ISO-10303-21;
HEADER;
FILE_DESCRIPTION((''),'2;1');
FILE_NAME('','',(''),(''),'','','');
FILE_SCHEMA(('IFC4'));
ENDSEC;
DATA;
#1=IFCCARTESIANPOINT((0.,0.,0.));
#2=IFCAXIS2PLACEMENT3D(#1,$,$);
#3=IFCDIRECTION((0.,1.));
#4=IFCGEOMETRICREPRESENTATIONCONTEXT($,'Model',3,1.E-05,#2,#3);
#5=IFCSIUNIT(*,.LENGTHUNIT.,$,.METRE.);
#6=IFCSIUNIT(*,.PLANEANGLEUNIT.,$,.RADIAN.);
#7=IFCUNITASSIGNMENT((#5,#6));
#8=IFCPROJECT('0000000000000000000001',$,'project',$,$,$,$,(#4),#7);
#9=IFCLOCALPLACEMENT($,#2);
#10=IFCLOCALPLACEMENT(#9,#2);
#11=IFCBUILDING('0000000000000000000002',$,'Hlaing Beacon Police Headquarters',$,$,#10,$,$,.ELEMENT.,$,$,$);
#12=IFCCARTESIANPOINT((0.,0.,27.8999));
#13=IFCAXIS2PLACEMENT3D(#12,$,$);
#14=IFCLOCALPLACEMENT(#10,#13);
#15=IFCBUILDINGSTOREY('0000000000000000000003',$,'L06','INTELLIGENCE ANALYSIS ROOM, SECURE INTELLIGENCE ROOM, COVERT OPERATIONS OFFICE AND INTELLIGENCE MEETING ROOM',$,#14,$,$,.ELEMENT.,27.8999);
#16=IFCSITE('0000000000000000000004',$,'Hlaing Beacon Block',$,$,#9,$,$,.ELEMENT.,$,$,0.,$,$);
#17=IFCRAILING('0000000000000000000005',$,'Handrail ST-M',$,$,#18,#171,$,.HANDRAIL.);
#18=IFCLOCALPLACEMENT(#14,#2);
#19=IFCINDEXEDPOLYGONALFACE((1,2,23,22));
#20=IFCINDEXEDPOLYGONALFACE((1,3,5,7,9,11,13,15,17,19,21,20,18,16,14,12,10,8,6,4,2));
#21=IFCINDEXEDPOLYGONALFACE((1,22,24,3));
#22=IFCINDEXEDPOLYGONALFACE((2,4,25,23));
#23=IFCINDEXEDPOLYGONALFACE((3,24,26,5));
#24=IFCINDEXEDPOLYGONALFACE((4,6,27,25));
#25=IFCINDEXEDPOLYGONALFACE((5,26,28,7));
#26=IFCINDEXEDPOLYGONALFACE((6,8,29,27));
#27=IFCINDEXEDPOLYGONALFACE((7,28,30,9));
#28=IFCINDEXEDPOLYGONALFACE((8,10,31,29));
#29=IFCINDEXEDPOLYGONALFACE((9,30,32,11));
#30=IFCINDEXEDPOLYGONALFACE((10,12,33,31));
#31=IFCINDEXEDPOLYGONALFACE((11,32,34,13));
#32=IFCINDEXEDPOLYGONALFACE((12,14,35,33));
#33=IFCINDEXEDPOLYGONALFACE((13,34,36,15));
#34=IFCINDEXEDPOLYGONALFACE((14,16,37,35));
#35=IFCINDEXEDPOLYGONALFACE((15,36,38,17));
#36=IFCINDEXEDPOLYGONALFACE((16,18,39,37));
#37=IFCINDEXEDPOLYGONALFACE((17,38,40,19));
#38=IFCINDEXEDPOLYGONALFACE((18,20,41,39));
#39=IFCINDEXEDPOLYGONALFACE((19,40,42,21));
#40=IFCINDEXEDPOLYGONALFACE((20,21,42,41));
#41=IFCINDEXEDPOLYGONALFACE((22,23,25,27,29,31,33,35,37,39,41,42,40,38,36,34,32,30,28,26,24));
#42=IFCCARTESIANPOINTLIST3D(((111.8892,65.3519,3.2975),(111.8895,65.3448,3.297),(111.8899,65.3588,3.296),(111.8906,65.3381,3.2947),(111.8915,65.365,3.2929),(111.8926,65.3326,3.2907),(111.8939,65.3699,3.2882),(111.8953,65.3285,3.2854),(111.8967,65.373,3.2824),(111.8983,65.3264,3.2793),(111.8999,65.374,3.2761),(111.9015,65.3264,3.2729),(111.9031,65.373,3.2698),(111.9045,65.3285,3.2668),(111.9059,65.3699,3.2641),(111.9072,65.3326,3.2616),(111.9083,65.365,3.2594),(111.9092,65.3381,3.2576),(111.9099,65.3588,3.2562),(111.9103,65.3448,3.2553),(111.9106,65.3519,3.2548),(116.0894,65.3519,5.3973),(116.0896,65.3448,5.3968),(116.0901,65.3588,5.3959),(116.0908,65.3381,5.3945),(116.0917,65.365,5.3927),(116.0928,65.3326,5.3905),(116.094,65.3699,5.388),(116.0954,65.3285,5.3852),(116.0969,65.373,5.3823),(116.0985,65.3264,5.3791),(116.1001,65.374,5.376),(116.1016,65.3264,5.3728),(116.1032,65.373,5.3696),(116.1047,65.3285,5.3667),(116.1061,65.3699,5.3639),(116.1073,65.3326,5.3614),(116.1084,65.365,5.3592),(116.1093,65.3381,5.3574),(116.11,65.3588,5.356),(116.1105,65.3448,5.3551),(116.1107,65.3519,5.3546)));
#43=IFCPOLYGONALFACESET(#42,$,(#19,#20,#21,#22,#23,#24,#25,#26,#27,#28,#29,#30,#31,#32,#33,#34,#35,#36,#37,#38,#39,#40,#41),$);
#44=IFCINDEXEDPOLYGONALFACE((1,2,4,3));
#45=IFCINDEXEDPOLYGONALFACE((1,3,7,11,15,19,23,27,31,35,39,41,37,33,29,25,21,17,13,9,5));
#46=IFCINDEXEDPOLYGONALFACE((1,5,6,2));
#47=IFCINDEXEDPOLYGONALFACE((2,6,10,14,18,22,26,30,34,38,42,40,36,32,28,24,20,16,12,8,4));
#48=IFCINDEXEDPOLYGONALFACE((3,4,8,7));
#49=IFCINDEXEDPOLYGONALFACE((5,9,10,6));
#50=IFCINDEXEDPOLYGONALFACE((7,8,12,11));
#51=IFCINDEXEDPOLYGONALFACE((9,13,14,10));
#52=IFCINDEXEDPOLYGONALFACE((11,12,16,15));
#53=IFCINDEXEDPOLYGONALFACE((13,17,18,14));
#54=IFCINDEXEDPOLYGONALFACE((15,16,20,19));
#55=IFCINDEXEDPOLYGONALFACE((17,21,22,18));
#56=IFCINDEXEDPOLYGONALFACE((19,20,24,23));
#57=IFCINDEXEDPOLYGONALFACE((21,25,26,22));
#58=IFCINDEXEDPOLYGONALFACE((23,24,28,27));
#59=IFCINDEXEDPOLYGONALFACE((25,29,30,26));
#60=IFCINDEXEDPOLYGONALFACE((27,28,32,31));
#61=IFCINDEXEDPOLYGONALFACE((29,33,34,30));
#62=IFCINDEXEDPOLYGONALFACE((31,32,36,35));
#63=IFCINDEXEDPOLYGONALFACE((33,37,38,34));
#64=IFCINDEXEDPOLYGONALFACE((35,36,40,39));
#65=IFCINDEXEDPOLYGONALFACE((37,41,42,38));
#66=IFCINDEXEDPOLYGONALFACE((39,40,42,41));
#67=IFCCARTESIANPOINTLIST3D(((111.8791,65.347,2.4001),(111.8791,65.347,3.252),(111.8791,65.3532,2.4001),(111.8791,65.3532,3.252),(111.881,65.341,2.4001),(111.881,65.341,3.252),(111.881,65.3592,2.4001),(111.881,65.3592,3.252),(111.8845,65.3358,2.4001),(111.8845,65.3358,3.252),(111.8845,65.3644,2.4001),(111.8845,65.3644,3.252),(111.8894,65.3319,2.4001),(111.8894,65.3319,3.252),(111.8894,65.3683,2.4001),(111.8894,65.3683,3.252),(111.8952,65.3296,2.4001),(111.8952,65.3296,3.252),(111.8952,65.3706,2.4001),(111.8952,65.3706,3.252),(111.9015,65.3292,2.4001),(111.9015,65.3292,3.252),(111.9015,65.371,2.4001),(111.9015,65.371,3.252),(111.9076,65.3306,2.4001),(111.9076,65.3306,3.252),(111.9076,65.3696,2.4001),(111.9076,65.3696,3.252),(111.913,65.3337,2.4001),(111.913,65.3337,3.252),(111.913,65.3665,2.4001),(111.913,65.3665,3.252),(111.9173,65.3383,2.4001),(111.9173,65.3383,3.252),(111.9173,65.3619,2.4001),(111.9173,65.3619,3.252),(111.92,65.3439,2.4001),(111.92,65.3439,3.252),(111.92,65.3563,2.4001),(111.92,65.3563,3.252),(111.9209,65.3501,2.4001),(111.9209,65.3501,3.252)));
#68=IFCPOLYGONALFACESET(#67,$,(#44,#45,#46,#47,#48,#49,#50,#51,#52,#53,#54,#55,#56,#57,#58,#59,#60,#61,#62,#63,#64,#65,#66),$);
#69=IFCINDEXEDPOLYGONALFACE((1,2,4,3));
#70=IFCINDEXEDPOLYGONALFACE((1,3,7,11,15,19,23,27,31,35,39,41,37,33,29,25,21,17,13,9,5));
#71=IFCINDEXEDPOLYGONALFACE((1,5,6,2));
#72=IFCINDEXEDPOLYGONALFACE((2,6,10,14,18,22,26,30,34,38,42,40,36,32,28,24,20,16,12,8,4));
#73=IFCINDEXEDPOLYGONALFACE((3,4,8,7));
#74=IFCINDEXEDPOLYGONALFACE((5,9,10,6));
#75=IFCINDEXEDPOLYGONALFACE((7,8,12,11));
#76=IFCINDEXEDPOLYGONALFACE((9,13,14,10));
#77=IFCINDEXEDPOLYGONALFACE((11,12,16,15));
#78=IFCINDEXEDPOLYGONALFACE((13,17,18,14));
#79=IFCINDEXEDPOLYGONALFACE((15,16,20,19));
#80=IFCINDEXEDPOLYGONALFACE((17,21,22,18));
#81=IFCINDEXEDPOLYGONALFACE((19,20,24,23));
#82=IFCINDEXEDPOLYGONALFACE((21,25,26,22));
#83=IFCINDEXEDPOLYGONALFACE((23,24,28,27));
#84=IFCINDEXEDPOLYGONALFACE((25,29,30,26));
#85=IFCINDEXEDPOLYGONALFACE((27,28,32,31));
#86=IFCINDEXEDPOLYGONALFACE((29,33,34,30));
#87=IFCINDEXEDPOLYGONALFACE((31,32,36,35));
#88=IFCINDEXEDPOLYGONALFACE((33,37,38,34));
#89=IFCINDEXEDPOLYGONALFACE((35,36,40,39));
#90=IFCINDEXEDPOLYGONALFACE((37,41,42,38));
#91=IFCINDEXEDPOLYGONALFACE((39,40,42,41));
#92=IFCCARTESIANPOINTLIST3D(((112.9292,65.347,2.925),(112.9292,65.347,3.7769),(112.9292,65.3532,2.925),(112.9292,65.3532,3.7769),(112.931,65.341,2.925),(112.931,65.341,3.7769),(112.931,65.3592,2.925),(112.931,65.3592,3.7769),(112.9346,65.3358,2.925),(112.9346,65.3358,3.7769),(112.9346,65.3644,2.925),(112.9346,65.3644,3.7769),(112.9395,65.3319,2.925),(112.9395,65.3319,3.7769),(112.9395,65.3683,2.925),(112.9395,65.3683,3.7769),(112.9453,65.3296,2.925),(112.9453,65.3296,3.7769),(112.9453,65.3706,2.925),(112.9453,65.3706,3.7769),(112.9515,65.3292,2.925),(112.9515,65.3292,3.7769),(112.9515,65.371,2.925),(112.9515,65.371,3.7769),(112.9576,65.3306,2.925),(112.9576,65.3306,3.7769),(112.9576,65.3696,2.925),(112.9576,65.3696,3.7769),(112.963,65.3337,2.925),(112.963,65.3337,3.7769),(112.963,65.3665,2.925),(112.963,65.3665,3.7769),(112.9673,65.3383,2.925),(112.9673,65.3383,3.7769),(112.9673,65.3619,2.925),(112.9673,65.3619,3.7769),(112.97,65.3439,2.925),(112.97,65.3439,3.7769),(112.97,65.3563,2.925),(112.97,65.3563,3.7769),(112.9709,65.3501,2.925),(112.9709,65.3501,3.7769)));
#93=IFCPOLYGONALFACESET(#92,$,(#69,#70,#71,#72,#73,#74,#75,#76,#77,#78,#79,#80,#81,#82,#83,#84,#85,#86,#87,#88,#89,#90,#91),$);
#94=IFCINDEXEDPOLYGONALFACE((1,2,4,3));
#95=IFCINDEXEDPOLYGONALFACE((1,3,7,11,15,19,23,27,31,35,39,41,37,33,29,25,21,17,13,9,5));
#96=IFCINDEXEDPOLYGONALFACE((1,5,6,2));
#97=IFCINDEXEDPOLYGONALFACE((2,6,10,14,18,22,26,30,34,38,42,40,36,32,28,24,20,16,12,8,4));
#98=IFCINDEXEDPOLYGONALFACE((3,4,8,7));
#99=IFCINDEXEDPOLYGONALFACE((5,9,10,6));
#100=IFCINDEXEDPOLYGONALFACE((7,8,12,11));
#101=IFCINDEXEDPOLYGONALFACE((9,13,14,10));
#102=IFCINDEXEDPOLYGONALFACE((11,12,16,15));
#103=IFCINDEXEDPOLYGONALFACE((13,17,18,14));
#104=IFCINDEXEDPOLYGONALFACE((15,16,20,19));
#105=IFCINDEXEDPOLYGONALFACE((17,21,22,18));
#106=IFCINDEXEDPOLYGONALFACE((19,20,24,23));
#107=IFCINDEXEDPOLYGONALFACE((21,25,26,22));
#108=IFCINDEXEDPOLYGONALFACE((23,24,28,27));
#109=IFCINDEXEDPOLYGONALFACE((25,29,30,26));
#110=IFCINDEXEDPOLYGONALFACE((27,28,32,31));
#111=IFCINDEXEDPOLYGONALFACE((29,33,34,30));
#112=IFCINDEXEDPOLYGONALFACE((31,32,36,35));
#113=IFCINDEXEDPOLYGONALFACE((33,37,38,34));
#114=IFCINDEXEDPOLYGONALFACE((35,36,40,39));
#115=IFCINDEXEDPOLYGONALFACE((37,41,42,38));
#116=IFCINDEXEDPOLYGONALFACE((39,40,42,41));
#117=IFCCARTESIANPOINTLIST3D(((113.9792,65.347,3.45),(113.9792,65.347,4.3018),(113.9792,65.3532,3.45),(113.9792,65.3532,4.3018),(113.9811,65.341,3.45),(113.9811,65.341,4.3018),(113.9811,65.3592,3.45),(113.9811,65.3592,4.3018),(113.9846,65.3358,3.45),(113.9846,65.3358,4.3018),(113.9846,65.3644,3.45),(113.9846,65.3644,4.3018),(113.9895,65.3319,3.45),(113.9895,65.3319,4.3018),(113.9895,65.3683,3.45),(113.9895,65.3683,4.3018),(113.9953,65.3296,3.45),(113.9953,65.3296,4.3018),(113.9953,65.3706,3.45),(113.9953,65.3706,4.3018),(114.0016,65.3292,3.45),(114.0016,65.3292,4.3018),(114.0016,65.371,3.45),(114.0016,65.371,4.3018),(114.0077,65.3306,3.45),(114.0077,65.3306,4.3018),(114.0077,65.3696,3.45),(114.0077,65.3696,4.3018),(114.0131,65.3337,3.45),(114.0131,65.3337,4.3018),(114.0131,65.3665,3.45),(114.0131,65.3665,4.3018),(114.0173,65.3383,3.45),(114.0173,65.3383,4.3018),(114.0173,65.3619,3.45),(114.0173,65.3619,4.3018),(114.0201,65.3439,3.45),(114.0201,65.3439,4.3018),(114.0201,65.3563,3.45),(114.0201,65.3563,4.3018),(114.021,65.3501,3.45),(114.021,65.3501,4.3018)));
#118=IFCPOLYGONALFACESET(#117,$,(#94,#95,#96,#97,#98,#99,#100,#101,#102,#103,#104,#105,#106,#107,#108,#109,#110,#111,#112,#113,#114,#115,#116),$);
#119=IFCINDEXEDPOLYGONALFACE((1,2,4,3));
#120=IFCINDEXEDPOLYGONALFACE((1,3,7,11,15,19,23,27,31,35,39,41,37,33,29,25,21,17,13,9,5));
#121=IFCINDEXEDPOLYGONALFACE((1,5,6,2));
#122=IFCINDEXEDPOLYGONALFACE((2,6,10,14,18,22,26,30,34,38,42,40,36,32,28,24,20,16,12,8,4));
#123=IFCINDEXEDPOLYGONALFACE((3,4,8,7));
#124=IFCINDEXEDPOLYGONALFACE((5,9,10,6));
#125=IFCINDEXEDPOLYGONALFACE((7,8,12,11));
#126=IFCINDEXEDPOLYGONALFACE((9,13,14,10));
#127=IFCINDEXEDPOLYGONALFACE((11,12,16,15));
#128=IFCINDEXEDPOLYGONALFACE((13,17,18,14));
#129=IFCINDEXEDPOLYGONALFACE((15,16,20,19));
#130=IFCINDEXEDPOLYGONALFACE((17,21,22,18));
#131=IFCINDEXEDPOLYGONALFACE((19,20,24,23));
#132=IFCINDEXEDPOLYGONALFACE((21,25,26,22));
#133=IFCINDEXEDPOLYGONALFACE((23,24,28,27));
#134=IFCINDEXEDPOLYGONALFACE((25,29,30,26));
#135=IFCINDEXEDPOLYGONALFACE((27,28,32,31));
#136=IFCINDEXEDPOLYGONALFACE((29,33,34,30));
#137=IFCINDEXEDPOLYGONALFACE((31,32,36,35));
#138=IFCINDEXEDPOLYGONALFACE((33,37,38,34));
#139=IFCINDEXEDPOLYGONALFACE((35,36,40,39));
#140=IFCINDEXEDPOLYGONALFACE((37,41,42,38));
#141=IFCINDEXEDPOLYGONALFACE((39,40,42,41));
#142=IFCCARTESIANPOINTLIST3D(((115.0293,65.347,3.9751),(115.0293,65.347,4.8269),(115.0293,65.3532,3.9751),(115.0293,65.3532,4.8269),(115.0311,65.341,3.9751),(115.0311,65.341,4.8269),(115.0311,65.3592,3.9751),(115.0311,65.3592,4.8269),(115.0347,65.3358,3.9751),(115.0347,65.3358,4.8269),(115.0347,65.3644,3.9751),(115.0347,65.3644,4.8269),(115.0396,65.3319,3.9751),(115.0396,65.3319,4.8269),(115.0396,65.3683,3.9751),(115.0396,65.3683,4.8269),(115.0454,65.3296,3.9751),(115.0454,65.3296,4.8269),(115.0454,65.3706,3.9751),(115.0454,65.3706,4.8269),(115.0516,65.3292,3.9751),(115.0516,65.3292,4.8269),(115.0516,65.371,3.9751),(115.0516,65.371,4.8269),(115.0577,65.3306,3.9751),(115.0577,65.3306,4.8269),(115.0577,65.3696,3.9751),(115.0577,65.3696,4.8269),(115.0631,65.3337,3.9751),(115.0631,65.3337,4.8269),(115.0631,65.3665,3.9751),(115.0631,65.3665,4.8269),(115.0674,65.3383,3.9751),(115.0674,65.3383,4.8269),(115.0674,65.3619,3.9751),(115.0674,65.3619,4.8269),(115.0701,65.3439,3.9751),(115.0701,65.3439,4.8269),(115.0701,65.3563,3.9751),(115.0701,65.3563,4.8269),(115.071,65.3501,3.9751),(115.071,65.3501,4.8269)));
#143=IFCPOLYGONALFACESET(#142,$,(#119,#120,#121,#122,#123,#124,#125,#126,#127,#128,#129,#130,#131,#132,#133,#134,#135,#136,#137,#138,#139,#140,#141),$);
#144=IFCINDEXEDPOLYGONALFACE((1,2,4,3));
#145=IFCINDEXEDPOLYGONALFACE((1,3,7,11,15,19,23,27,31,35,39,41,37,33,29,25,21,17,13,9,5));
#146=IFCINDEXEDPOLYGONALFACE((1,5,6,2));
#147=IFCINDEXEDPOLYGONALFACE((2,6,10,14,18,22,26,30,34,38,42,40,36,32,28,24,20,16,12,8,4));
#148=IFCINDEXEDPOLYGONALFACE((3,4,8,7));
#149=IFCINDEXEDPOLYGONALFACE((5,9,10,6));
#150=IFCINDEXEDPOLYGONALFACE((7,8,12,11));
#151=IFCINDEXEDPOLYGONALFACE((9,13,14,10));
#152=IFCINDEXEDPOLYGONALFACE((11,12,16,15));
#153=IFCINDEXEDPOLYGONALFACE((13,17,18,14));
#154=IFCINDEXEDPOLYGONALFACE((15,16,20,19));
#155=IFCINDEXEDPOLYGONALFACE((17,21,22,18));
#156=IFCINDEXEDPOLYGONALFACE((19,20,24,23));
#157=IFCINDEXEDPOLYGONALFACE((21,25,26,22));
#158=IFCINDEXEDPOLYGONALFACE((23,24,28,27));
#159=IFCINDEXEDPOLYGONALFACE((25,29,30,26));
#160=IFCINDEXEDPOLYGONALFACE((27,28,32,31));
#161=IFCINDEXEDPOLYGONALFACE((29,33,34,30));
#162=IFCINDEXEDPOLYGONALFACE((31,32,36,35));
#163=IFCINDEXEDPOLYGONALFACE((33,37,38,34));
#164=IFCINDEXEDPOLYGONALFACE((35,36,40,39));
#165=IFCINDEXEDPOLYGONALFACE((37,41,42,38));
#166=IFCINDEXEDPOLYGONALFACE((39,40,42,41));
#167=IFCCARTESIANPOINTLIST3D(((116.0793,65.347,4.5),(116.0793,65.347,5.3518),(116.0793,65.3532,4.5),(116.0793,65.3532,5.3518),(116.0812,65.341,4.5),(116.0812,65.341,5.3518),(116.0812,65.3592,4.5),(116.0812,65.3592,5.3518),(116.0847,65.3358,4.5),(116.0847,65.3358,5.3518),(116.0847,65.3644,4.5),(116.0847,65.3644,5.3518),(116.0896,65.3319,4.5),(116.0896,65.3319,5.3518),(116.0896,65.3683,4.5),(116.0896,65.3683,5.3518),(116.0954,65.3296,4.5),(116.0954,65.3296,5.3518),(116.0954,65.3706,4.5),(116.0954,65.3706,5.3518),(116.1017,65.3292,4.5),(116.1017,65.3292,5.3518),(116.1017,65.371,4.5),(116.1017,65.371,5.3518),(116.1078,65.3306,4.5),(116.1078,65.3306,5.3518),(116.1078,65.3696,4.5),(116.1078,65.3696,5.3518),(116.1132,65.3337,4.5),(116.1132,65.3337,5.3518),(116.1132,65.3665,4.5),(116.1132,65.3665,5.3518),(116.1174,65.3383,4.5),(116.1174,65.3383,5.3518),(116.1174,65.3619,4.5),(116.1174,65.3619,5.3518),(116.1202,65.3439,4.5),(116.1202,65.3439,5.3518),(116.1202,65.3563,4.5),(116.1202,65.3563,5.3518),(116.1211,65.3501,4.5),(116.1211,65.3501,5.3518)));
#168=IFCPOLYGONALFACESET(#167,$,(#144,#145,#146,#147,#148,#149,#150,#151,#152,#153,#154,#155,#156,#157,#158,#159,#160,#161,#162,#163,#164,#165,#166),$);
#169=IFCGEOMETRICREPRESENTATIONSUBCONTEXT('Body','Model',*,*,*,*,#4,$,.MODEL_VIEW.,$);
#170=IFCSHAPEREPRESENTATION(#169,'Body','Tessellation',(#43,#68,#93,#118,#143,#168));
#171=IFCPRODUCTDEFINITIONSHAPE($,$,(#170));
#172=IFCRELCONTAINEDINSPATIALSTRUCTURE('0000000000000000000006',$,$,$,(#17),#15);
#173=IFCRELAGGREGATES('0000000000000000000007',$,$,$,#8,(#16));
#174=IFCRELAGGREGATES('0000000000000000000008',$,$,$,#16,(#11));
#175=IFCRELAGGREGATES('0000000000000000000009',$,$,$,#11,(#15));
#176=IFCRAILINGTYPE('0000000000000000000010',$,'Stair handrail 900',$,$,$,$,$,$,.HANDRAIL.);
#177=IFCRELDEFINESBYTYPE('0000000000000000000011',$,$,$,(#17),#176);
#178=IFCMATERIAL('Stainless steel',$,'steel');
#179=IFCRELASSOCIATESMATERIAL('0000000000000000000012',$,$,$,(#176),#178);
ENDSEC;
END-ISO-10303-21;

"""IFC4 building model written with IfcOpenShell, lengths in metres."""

from ifc_helpers import new_model, si_unit, direction, frame, origin, origin_2d, place, context, subcontext, project, spatial, circle, extrude, material, type_object, element, save


model = new_model("IFC4")

# Units and contexts
model_context = context("Model", 3, precision=1e-05, world=origin(), true_north=direction((0.0, 1.0)))
body_context = subcontext(model_context, "Body", "Model", "MODEL_VIEW")
ifc_project = project(units=[si_unit("LENGTHUNIT", "METRE"), si_unit("PLANEANGLEUNIT", "RADIAN")], contexts=[model_context])

# Site, building, storey
site_placement = place(None, origin())
site = spatial("IfcSite", under=ifc_project, at=site_placement, Name="Hlaing Beacon Block", CompositionType="ELEMENT", RefElevation=0.0)
building_placement = place(site_placement, origin())
building = spatial("IfcBuilding", under=site, at=building_placement, Name="Hlaing Beacon Police Headquarters", CompositionType="ELEMENT")
storey_placement = place(building_placement, frame((0.0, 0.0, 27.8999)))
storey = spatial("IfcBuildingStorey", under=building, at=storey_placement, Name="L06", Description="INTELLIGENCE ANALYSIS ROOM, SECURE INTELLIGENCE ROOM, COVERT OPERATIONS OFFICE AND INTELLIGENCE MEETING ROOM", CompositionType="ELEMENT", Elevation=27.8999)

# Railing
ifc_material_1 = material(Name="Stainless steel", Category="steel")
railing_type_1 = type_object("IfcRailingType", Name="Stair handrail 900", PredefinedType="HANDRAIL", material=ifc_material_1)
for number, where, name in (
    (1, (111.8999, 65.3501, 2.4001), "Handrail ST-M"),
):
    element("IfcRailing", number, at=place(storey_placement, frame(where)), inside=storey, type_object=railing_type_1, Name=name, PredefinedType="HANDRAIL", context=body_context, shape_type="SweptSolid", body=[
        extrude(circle(Radius=0.0239, at=origin_2d()), frame((0.0, 0.0, 0.876), z_axis=(0.894448, 0.0, 0.447172), x_axis=(0.0, 1.0, 0.0)), (0.0, 0.0, 1.0), 4.6958),
        extrude(circle(Radius=0.021, at=origin_2d()), origin(), (0.0, 0.0, 1.0), 0.8518),
        extrude(circle(Radius=0.021, at=origin_2d()), frame((1.05, 0.0, 0.5249)), (0.0, 0.0, 1.0), 0.8518),
        extrude(circle(Radius=0.021, at=origin_2d()), frame((2.1001, 0.0, 1.0498)), (0.0, 0.0, 1.0), 0.8518),
        extrude(circle(Radius=0.021, at=origin_2d()), frame((3.1501, 0.0, 1.575)), (0.0, 0.0, 1.0), 0.8518),
        extrude(circle(Radius=0.021, at=origin_2d()), frame((4.2002, 0.0, 2.0999)), (0.0, 0.0, 1.0), 0.8518),
    ])

save(model, "model.ifc")
